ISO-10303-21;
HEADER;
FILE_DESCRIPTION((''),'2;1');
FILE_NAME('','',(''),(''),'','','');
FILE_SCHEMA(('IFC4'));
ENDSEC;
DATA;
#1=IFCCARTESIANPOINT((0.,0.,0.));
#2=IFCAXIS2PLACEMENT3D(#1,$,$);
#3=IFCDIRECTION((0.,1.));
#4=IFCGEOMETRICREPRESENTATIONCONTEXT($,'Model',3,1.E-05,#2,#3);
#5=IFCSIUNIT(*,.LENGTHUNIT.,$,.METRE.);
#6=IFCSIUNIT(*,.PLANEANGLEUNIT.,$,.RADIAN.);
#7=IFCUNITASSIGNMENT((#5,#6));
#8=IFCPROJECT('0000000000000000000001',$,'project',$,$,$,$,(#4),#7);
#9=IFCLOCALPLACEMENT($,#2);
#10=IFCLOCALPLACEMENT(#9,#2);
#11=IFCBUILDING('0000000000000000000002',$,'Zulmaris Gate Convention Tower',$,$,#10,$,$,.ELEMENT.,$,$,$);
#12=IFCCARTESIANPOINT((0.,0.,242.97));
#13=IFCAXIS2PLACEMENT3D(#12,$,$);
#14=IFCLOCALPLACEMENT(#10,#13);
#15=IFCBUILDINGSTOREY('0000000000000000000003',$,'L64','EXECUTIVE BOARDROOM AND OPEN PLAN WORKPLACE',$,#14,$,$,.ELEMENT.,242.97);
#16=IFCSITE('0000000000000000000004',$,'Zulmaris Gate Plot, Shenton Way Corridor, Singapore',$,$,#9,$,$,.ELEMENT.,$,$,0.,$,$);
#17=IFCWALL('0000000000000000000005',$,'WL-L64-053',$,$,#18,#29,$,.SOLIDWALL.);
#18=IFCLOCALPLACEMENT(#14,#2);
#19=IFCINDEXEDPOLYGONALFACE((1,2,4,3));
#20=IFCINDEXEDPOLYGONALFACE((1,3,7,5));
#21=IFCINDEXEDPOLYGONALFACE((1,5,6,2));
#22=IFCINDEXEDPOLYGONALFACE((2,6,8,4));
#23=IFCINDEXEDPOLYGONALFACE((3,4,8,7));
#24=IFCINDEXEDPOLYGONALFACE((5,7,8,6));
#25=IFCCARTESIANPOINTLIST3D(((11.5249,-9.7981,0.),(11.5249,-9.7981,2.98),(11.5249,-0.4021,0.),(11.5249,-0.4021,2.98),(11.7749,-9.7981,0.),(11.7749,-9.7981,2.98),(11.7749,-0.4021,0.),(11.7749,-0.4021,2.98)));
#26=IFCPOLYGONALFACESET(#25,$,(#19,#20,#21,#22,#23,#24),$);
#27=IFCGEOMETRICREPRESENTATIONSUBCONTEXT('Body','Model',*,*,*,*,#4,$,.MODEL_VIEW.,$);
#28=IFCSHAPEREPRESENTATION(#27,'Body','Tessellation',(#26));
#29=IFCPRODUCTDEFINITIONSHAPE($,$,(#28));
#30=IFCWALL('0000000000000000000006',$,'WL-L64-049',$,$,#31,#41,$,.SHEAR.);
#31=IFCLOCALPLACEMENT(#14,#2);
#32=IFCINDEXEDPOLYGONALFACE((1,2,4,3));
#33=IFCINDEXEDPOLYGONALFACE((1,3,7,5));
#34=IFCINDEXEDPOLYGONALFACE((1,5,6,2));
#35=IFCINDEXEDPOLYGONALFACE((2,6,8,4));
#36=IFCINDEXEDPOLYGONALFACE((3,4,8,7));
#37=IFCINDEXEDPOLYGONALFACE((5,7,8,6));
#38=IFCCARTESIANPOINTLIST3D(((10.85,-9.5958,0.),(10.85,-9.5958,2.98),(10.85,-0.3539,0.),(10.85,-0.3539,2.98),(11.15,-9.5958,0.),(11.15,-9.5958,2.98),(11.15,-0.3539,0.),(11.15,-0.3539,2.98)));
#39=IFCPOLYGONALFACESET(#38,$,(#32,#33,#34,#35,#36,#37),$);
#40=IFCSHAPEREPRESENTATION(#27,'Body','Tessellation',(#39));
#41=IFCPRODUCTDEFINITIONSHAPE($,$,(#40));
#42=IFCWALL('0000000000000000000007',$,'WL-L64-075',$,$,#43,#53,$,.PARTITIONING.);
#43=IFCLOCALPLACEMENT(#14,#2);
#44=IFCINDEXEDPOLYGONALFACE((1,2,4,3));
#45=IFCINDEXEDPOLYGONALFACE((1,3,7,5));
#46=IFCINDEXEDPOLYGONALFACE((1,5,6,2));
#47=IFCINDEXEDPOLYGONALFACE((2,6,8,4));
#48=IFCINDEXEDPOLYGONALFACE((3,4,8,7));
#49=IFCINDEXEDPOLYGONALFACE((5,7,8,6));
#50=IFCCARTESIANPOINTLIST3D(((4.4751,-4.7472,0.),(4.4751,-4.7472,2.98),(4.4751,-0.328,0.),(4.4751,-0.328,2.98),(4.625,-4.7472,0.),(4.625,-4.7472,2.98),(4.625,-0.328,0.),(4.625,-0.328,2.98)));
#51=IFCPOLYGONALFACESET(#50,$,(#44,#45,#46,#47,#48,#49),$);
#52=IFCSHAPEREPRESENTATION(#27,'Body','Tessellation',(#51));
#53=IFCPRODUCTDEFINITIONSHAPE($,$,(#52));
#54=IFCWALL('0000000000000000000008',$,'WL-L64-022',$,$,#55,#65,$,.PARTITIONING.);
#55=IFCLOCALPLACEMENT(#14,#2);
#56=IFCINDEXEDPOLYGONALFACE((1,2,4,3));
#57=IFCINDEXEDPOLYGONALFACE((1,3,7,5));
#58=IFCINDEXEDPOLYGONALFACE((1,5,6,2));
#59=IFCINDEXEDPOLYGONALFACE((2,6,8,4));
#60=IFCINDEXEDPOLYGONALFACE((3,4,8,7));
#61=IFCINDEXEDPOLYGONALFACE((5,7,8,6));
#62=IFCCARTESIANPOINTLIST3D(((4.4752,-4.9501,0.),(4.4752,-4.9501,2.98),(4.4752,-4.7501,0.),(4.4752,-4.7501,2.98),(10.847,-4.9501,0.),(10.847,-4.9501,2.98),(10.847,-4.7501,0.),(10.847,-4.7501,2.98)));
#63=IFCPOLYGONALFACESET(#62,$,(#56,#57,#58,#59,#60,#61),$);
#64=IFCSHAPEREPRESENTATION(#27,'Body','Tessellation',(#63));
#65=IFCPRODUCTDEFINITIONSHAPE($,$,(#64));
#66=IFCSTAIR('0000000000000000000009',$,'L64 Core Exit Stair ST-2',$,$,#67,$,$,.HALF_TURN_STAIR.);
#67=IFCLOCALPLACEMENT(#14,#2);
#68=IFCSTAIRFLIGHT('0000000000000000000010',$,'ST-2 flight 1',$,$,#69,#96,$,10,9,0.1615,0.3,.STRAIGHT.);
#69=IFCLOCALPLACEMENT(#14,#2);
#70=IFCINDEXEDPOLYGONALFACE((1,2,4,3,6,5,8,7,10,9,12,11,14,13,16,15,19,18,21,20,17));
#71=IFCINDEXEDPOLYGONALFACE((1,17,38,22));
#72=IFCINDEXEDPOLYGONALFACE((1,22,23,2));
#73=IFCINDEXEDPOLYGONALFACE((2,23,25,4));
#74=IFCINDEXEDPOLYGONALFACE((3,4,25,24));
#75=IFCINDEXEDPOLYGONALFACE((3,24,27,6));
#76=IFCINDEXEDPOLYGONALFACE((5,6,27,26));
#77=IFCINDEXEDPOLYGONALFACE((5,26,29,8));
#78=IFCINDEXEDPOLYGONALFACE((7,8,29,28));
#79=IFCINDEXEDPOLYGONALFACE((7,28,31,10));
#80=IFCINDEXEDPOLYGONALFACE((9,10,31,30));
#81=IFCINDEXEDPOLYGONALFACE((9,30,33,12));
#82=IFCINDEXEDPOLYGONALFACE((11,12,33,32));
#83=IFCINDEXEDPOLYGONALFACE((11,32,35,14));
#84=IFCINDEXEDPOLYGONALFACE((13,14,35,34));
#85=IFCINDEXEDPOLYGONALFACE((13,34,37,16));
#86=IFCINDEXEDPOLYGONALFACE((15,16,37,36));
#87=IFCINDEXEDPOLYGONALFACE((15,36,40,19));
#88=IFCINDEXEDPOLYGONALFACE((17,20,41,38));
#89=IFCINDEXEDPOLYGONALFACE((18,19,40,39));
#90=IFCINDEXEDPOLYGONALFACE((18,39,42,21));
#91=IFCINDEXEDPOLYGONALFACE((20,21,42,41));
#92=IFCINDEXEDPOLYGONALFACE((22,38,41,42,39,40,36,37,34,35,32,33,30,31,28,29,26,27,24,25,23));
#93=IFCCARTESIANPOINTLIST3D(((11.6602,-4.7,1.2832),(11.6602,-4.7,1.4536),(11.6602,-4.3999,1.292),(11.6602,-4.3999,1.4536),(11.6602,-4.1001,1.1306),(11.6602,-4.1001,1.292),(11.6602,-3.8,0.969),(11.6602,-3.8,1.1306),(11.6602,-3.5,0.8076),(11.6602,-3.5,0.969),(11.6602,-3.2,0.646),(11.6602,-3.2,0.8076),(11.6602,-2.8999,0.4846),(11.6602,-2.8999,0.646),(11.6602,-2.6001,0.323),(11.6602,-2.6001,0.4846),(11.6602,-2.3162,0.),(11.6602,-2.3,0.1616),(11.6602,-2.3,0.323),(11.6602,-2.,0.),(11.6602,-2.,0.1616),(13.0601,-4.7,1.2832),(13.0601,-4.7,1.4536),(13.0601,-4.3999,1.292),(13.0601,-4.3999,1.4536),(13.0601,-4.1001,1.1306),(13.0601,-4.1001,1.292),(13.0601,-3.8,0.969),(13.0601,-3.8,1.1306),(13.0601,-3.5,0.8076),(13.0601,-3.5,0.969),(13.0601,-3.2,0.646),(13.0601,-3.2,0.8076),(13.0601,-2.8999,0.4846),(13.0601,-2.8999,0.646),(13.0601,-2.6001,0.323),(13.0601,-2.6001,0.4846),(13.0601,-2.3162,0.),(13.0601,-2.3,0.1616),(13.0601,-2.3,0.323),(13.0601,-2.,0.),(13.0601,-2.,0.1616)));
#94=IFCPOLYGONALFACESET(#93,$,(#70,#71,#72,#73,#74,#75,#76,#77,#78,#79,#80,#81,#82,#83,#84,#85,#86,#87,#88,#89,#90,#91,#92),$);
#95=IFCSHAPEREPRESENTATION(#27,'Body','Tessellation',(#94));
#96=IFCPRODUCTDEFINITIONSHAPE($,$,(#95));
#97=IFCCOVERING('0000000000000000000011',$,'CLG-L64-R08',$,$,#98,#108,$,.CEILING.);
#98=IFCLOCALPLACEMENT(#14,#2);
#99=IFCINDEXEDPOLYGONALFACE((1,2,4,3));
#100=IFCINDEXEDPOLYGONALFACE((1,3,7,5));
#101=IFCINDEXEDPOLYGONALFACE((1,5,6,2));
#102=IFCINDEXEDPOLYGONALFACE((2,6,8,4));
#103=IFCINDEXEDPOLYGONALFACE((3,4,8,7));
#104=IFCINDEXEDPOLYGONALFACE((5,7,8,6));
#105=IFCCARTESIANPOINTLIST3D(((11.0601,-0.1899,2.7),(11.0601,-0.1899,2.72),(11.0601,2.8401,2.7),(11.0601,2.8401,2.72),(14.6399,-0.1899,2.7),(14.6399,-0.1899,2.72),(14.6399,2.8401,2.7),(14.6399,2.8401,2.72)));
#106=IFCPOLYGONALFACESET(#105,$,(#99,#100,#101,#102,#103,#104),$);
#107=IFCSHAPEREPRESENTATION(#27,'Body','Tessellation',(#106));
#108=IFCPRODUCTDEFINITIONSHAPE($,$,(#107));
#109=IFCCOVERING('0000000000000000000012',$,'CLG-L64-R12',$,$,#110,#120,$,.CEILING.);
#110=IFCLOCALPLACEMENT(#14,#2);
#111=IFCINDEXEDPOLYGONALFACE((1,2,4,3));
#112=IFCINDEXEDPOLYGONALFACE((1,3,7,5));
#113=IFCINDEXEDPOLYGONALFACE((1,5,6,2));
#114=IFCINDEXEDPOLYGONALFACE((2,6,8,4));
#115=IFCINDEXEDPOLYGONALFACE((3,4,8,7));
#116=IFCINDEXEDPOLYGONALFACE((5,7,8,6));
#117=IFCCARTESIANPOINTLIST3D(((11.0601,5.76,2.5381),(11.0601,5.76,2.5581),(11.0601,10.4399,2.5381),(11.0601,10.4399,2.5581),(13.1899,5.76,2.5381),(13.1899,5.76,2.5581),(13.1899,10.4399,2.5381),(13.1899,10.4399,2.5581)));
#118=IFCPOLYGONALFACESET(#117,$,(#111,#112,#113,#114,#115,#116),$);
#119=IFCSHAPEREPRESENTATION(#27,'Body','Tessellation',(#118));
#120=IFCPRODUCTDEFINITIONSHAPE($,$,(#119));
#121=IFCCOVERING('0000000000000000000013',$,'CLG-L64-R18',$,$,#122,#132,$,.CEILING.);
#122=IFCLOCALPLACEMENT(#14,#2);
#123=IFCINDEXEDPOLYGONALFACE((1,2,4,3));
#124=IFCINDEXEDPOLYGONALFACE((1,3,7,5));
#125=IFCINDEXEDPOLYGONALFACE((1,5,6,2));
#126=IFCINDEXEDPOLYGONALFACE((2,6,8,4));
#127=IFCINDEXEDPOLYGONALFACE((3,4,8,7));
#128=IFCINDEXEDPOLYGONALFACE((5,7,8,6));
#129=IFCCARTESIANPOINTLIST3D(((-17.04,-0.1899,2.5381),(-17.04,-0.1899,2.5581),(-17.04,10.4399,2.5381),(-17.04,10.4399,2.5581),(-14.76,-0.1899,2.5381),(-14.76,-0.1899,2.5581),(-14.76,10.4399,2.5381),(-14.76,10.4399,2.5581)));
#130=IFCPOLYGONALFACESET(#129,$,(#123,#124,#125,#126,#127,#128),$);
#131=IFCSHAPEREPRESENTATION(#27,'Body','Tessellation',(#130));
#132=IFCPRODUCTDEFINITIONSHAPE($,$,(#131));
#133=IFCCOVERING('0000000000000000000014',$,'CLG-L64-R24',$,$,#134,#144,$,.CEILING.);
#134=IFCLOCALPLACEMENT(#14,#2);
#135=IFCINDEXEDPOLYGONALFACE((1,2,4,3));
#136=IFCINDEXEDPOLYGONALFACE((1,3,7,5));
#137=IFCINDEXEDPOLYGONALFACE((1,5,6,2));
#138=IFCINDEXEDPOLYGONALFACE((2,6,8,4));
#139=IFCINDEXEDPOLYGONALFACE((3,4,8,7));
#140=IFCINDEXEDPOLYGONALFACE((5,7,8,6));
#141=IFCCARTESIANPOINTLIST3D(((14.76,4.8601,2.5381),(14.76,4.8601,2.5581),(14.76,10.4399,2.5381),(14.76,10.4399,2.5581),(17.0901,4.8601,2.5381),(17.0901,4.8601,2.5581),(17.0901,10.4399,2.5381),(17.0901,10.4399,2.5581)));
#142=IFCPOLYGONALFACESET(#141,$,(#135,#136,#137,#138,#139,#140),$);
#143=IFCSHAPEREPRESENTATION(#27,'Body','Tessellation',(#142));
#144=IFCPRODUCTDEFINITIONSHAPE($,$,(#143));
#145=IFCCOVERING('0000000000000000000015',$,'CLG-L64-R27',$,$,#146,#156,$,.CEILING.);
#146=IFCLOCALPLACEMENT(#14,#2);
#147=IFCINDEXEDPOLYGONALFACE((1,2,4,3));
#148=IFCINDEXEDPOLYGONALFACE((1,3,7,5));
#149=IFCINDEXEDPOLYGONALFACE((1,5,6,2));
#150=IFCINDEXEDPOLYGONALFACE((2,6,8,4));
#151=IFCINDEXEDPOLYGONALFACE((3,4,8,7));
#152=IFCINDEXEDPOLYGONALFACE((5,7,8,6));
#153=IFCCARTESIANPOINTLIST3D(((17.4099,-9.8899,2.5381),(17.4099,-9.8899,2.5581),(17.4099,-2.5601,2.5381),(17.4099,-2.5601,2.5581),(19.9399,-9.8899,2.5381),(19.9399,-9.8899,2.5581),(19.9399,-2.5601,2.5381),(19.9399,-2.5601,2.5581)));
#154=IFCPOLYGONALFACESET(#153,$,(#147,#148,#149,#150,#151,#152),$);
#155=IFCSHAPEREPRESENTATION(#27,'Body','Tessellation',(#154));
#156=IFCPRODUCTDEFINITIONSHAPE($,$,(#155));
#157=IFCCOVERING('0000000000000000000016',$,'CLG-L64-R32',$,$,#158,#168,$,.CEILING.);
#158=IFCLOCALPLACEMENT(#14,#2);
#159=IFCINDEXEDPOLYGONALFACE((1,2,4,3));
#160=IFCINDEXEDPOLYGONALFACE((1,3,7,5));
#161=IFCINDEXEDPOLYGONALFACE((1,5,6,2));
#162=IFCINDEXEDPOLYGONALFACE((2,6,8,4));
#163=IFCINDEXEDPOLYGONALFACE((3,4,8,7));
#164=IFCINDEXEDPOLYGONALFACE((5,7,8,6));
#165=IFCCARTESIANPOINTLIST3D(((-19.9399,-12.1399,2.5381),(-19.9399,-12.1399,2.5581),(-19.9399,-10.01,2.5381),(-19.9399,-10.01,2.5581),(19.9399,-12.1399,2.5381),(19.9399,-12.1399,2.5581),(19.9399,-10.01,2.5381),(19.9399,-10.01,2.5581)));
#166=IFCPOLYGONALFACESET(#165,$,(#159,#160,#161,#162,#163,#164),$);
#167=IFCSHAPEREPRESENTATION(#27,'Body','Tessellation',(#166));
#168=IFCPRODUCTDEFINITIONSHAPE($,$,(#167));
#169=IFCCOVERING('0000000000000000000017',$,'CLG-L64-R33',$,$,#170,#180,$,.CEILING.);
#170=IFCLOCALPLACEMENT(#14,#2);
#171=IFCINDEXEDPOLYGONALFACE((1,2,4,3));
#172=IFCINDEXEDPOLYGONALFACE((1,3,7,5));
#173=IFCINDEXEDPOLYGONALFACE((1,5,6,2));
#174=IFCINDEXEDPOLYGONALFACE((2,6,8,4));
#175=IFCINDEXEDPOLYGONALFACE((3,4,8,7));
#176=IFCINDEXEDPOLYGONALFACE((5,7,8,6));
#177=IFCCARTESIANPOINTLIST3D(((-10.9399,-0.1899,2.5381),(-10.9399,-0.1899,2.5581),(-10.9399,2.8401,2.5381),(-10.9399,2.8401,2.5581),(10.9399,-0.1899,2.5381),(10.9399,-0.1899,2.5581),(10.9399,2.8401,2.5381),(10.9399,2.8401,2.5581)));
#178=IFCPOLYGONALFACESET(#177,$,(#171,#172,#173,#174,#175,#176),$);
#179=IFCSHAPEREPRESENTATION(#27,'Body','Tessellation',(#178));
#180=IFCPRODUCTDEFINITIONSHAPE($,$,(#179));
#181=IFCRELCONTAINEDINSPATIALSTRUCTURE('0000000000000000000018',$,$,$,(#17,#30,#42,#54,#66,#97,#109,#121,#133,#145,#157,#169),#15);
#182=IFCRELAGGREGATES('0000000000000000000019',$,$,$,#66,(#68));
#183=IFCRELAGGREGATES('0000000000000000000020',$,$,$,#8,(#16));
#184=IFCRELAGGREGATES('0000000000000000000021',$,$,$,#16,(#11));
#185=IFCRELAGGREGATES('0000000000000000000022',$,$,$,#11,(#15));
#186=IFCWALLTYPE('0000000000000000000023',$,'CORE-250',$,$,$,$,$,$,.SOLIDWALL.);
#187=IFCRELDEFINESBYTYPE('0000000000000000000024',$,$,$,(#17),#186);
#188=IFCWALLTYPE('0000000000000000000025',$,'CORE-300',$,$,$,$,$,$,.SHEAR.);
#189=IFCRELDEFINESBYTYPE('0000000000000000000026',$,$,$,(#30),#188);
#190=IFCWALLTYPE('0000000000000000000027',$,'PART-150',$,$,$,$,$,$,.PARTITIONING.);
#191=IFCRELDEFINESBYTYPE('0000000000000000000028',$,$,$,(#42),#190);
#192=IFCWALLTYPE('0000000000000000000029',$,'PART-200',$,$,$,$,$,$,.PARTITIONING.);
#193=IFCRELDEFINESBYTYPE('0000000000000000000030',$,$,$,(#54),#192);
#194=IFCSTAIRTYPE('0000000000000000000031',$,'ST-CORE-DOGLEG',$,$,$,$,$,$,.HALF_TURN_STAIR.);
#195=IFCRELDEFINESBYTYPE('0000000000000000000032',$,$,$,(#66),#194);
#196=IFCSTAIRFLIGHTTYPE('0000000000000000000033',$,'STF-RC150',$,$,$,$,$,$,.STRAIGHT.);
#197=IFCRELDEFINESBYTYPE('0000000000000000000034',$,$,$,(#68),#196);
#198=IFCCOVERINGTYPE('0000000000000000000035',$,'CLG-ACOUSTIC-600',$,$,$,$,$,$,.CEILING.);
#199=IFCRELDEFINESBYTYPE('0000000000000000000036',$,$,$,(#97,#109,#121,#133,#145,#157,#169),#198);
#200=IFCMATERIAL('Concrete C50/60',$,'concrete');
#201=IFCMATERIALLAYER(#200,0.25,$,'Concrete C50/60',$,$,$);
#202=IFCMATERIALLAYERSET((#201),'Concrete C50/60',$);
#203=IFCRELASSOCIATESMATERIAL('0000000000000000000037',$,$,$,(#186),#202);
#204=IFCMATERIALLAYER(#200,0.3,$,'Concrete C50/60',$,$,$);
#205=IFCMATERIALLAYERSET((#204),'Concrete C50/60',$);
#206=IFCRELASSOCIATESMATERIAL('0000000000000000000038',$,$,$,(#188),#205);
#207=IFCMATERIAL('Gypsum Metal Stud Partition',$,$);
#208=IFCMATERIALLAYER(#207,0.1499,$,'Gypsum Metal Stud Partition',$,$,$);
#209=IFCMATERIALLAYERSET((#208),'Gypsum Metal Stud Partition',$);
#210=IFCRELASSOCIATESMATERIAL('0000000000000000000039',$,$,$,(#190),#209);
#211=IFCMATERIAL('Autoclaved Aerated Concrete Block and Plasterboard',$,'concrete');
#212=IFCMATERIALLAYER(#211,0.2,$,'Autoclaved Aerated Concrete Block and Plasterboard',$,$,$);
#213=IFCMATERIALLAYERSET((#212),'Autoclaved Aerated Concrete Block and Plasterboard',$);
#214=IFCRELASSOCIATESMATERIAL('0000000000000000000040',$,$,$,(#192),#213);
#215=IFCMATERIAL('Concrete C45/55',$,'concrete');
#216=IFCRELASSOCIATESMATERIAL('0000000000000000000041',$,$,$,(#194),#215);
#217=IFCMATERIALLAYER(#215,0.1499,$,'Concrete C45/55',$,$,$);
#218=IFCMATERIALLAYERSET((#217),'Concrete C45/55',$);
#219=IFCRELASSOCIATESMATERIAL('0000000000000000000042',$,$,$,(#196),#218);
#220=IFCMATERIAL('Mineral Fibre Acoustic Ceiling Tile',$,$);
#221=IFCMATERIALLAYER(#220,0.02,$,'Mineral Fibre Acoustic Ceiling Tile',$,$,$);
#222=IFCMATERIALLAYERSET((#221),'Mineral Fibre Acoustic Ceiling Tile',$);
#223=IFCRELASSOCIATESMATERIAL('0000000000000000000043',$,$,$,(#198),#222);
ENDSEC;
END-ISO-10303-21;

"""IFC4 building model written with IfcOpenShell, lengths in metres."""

from ifc_helpers import new_model, si_unit, direction, frame, frame_2d, origin, place, context, subcontext, project, spatial, polyline, rectangle, outline, extrude, material, layer, layer_set, type_object, element, aggregate, save


model = new_model("IFC4")

# Units and contexts
model_context = context("Model", 3, precision=1e-05, world=origin(), true_north=direction((0.0, 1.0)))
body_context = subcontext(model_context, "Body", "Model", "MODEL_VIEW")
ifc_project = project(units=[si_unit("LENGTHUNIT", "METRE"), si_unit("PLANEANGLEUNIT", "RADIAN")], contexts=[model_context])

# Site, building, storey
site_placement = place(None, origin())
site = spatial("IfcSite", under=ifc_project, at=site_placement, Name="Zulmaris Gate Plot, Shenton Way Corridor, Singapore", CompositionType="ELEMENT", RefElevation=0.0)
building_placement = place(site_placement, origin())
building = spatial("IfcBuilding", under=site, at=building_placement, Name="Zulmaris Gate Convention Tower", CompositionType="ELEMENT")
storey_placement = place(building_placement, frame((0.0, 0.0, 242.97)))
storey = spatial("IfcBuildingStorey", under=building, at=storey_placement, Name="L64", Description="EXECUTIVE BOARDROOM AND OPEN PLAN WORKPLACE", CompositionType="ELEMENT", Elevation=242.97)

# Wall
ifc_material_1 = material(Name="Concrete C50/60", Category="concrete")
ifc_layer_1 = layer(ifc_material_1, 0.25, Name="Concrete C50/60")
ifc_layer_set_1 = layer_set([ifc_layer_1], Name="Concrete C50/60")
wall_type_1 = type_object("IfcWallType", Name="CORE-250", PredefinedType="SOLIDWALL", material=ifc_layer_set_1)
wall_1_placement = place(storey_placement, frame((11.6499, -9.7981, 0.0), z_axis=(0.0, 0.0, 1.0), x_axis=(0.0, 1.0, 0.0)))
element("IfcWall", 1, at=wall_1_placement, inside=storey, type_object=wall_type_1, Name="WL-L64-053", PredefinedType="SOLIDWALL", context=body_context, shape_type="SweptSolid", body=[
    extrude(rectangle(XDim=9.396, YDim=0.25, at=frame_2d((4.698, 0.0))), origin(), (0.0, 0.0, 1.0), 2.98),
])

# Shared definitions
ifc_layer_2 = layer(ifc_material_1, 0.3, Name="Concrete C50/60")
ifc_layer_set_2 = layer_set([ifc_layer_2], Name="Concrete C50/60")
wall_type_2 = type_object("IfcWallType", Name="CORE-300", PredefinedType="SHEAR", material=ifc_layer_set_2)

# Walls
wall_2_placement = place(storey_placement, frame((11.0, -9.5959, 0.0), z_axis=(0.0, 0.0, 1.0), x_axis=(0.0, 1.0, 0.0)))
element("IfcWall", 2, at=wall_2_placement, inside=storey, type_object=wall_type_2, Name="WL-L64-049", PredefinedType="SHEAR", context=body_context, shape_type="SweptSolid", body=[
    extrude(rectangle(XDim=9.2419, YDim=0.3, at=frame_2d((4.6211, 0.0))), origin(), (0.0, 0.0, 1.0), 2.98),
])
ifc_material_2 = material(Name="Gypsum Metal Stud Partition")
ifc_layer_3 = layer(ifc_material_2, 0.1499, Name="Gypsum Metal Stud Partition")
ifc_layer_set_3 = layer_set([ifc_layer_3], Name="Gypsum Metal Stud Partition")
wall_type_3 = type_object("IfcWallType", Name="PART-150", PredefinedType="PARTITIONING", material=ifc_layer_set_3)
wall_3_placement = place(storey_placement, frame((4.55, -4.7471, 0.0), z_axis=(0.0, 0.0, 1.0), x_axis=(0.0, 1.0, 0.0)))
element("IfcWall", 3, at=wall_3_placement, inside=storey, type_object=wall_type_3, Name="WL-L64-075", PredefinedType="PARTITIONING", context=body_context, shape_type="SweptSolid", body=[
    extrude(rectangle(XDim=4.4192, YDim=0.1499, at=frame_2d((2.2095, 0.0))), origin(), (0.0, 0.0, 1.0), 2.98),
])
ifc_material_3 = material(Name="Autoclaved Aerated Concrete Block and Plasterboard", Category="concrete")
ifc_layer_4 = layer(ifc_material_3, 0.2, Name="Autoclaved Aerated Concrete Block and Plasterboard")
ifc_layer_set_4 = layer_set([ifc_layer_4], Name="Autoclaved Aerated Concrete Block and Plasterboard")
wall_type_4 = type_object("IfcWallType", Name="PART-200", PredefinedType="PARTITIONING", material=ifc_layer_set_4)
wall_4_placement = place(storey_placement, frame((4.4751, -4.8501, 0.0), z_axis=(0.0, 0.0, 1.0), x_axis=(1.0, 0.0, 0.0)))
element("IfcWall", 4, at=wall_4_placement, inside=storey, type_object=wall_type_4, Name="WL-L64-022", PredefinedType="PARTITIONING", context=body_context, shape_type="SweptSolid", body=[
    extrude(rectangle(XDim=6.3718, YDim=0.2, at=frame_2d((3.186, 0.0))), origin(), (0.0, 0.0, 1.0), 2.98),
])

# Stair, stair flight
ifc_material_4 = material(Name="Concrete C45/55", Category="concrete")
stair_type = type_object("IfcStairType", Name="ST-CORE-DOGLEG", PredefinedType="HALF_TURN_STAIR", material=ifc_material_4)
stair_placement = place(storey_placement, origin())
stair = element("IfcStair", 5, at=stair_placement, inside=storey, type_object=stair_type, Name="L64 Core Exit Stair ST-2", PredefinedType="HALF_TURN_STAIR")
ifc_layer_5 = layer(ifc_material_4, 0.1499, Name="Concrete C45/55")
ifc_layer_set_5 = layer_set([ifc_layer_5], Name="Concrete C45/55")
stair_flight_type = type_object("IfcStairFlightType", Name="STF-RC150", PredefinedType="STRAIGHT", material=ifc_layer_set_5)
stair_flight_placement = place(storey_placement, frame((12.3601, -2.0, 0.0), z_axis=(0.0, 0.0, 1.0), x_axis=(0.0, -1.0, 0.0)))
stair_flight = element("IfcStairFlight", 6, at=stair_flight_placement, type_object=stair_flight_type, Name="ST-2 flight 1", NumberOfRisers=10, NumberOfTreads=9, PredefinedType="STRAIGHT", RiserHeight=0.1615, TreadLength=0.3, context=body_context, shape_type="SweptSolid", body=[
    extrude(outline(polyline([(0.0, 0.0), (0.0, 0.1616), (0.3, 0.1616), (0.3, 0.323), (0.6001, 0.323), (0.6001, 0.4846), (0.8999, 0.4846), (0.8999, 0.646), (1.2, 0.646), (1.2, 0.8076), (1.5, 0.8076), (1.5, 0.969), (1.8, 0.969), (1.8, 1.1306), (2.1001, 1.1306), (2.1001, 1.292), (2.3999, 1.292), (2.3999, 1.4536), (2.7, 1.4536), (2.7, 1.615), (2.7, 1.2832), (0.3162, 0.0), (0.0, 0.0)])), frame((0.0, 0.7, 0.0), z_axis=(0.0, -1.0, 0.0), x_axis=(1.0, 0.0, 0.0)), (0.0, 0.0, 1.0), 1.3999),
])
aggregate(stair, [stair_flight])

# Coverings
ifc_material_5 = material(Name="Mineral Fibre Acoustic Ceiling Tile")
ifc_layer_6 = layer(ifc_material_5, 0.02, Name="Mineral Fibre Acoustic Ceiling Tile")
ifc_layer_set_6 = layer_set([ifc_layer_6], Name="Mineral Fibre Acoustic Ceiling Tile")
covering_type_1 = type_object("IfcCoveringType", Name="CLG-ACOUSTIC-600", PredefinedType="CEILING", material=ifc_layer_set_6)
covering_1_placement = place(storey_placement, frame((0.0, 0.0, 2.7)))
element("IfcCovering", 7, at=covering_1_placement, inside=storey, type_object=covering_type_1, Name="CLG-L64-R08", PredefinedType="CEILING", context=body_context, shape_type="SweptSolid", body=[
    extrude(outline(polyline([(11.0601, -0.1899), (14.6399, -0.1899), (14.6399, 2.8401), (11.0601, 2.8401), (11.0601, -0.1899)])), origin(), (0.0, 0.0, 1.0), 0.02),
])
covering_2_placement = place(storey_placement, frame((0.0, 0.0, 2.5381)))
element("IfcCovering", 8, at=covering_2_placement, inside=storey, type_object=covering_type_1, Name="CLG-L64-R12", PredefinedType="CEILING", context=body_context, shape_type="SweptSolid", body=[
    extrude(outline(polyline([(11.0601, 5.76), (13.1899, 5.76), (13.1899, 10.4399), (11.0601, 10.4399), (11.0601, 5.76)])), origin(), (0.0, 0.0, 1.0), 0.02),
])
covering_3_placement = place(storey_placement, frame((0.0, 0.0, 2.5381)))
element("IfcCovering", 9, at=covering_3_placement, inside=storey, type_object=covering_type_1, Name="CLG-L64-R18", PredefinedType="CEILING", context=body_context, shape_type="SweptSolid", body=[
    extrude(outline(polyline([(-17.04, -0.1899), (-14.76, -0.1899), (-14.76, 10.4399), (-17.04, 10.4399), (-17.04, -0.1899)])), origin(), (0.0, 0.0, 1.0), 0.02),
])
covering_4_placement = place(storey_placement, frame((0.0, 0.0, 2.5381)))
element("IfcCovering", 10, at=covering_4_placement, inside=storey, type_object=covering_type_1, Name="CLG-L64-R24", PredefinedType="CEILING", context=body_context, shape_type="SweptSolid", body=[
    extrude(outline(polyline([(14.76, 4.8601), (17.0901, 4.8601), (17.0901, 10.4399), (14.76, 10.4399), (14.76, 4.8601)])), origin(), (0.0, 0.0, 1.0), 0.02),
])
covering_5_placement = place(storey_placement, frame((0.0, 0.0, 2.5381)))
element("IfcCovering", 11, at=covering_5_placement, inside=storey, type_object=covering_type_1, Name="CLG-L64-R27", PredefinedType="CEILING", context=body_context, shape_type="SweptSolid", body=[
    extrude(outline(polyline([(17.4099, -9.8899), (19.9399, -9.8899), (19.9399, -2.5601), (17.4099, -2.5601), (17.4099, -9.8899)])), origin(), (0.0, 0.0, 1.0), 0.02),
])
covering_6_placement = place(storey_placement, frame((0.0, 0.0, 2.5381)))
element("IfcCovering", 12, at=covering_6_placement, inside=storey, type_object=covering_type_1, Name="CLG-L64-R32", PredefinedType="CEILING", context=body_context, shape_type="SweptSolid", body=[
    extrude(outline(polyline([(-19.9399, -12.1399), (19.9399, -12.1399), (19.9399, -10.01), (-19.9399, -10.01), (-19.9399, -12.1399)])), origin(), (0.0, 0.0, 1.0), 0.02),
])
covering_7_placement = place(storey_placement, frame((0.0, 0.0, 2.5381)))
element("IfcCovering", 13, at=covering_7_placement, inside=storey, type_object=covering_type_1, Name="CLG-L64-R33", PredefinedType="CEILING", context=body_context, shape_type="SweptSolid", body=[
    extrude(outline(polyline([(-10.9399, -0.1899), (10.9399, -0.1899), (10.9399, 2.8401), (-10.9399, 2.8401), (-10.9399, -0.1899)])), origin(), (0.0, 0.0, 1.0), 0.02),
])

save(model, "model.ifc")
